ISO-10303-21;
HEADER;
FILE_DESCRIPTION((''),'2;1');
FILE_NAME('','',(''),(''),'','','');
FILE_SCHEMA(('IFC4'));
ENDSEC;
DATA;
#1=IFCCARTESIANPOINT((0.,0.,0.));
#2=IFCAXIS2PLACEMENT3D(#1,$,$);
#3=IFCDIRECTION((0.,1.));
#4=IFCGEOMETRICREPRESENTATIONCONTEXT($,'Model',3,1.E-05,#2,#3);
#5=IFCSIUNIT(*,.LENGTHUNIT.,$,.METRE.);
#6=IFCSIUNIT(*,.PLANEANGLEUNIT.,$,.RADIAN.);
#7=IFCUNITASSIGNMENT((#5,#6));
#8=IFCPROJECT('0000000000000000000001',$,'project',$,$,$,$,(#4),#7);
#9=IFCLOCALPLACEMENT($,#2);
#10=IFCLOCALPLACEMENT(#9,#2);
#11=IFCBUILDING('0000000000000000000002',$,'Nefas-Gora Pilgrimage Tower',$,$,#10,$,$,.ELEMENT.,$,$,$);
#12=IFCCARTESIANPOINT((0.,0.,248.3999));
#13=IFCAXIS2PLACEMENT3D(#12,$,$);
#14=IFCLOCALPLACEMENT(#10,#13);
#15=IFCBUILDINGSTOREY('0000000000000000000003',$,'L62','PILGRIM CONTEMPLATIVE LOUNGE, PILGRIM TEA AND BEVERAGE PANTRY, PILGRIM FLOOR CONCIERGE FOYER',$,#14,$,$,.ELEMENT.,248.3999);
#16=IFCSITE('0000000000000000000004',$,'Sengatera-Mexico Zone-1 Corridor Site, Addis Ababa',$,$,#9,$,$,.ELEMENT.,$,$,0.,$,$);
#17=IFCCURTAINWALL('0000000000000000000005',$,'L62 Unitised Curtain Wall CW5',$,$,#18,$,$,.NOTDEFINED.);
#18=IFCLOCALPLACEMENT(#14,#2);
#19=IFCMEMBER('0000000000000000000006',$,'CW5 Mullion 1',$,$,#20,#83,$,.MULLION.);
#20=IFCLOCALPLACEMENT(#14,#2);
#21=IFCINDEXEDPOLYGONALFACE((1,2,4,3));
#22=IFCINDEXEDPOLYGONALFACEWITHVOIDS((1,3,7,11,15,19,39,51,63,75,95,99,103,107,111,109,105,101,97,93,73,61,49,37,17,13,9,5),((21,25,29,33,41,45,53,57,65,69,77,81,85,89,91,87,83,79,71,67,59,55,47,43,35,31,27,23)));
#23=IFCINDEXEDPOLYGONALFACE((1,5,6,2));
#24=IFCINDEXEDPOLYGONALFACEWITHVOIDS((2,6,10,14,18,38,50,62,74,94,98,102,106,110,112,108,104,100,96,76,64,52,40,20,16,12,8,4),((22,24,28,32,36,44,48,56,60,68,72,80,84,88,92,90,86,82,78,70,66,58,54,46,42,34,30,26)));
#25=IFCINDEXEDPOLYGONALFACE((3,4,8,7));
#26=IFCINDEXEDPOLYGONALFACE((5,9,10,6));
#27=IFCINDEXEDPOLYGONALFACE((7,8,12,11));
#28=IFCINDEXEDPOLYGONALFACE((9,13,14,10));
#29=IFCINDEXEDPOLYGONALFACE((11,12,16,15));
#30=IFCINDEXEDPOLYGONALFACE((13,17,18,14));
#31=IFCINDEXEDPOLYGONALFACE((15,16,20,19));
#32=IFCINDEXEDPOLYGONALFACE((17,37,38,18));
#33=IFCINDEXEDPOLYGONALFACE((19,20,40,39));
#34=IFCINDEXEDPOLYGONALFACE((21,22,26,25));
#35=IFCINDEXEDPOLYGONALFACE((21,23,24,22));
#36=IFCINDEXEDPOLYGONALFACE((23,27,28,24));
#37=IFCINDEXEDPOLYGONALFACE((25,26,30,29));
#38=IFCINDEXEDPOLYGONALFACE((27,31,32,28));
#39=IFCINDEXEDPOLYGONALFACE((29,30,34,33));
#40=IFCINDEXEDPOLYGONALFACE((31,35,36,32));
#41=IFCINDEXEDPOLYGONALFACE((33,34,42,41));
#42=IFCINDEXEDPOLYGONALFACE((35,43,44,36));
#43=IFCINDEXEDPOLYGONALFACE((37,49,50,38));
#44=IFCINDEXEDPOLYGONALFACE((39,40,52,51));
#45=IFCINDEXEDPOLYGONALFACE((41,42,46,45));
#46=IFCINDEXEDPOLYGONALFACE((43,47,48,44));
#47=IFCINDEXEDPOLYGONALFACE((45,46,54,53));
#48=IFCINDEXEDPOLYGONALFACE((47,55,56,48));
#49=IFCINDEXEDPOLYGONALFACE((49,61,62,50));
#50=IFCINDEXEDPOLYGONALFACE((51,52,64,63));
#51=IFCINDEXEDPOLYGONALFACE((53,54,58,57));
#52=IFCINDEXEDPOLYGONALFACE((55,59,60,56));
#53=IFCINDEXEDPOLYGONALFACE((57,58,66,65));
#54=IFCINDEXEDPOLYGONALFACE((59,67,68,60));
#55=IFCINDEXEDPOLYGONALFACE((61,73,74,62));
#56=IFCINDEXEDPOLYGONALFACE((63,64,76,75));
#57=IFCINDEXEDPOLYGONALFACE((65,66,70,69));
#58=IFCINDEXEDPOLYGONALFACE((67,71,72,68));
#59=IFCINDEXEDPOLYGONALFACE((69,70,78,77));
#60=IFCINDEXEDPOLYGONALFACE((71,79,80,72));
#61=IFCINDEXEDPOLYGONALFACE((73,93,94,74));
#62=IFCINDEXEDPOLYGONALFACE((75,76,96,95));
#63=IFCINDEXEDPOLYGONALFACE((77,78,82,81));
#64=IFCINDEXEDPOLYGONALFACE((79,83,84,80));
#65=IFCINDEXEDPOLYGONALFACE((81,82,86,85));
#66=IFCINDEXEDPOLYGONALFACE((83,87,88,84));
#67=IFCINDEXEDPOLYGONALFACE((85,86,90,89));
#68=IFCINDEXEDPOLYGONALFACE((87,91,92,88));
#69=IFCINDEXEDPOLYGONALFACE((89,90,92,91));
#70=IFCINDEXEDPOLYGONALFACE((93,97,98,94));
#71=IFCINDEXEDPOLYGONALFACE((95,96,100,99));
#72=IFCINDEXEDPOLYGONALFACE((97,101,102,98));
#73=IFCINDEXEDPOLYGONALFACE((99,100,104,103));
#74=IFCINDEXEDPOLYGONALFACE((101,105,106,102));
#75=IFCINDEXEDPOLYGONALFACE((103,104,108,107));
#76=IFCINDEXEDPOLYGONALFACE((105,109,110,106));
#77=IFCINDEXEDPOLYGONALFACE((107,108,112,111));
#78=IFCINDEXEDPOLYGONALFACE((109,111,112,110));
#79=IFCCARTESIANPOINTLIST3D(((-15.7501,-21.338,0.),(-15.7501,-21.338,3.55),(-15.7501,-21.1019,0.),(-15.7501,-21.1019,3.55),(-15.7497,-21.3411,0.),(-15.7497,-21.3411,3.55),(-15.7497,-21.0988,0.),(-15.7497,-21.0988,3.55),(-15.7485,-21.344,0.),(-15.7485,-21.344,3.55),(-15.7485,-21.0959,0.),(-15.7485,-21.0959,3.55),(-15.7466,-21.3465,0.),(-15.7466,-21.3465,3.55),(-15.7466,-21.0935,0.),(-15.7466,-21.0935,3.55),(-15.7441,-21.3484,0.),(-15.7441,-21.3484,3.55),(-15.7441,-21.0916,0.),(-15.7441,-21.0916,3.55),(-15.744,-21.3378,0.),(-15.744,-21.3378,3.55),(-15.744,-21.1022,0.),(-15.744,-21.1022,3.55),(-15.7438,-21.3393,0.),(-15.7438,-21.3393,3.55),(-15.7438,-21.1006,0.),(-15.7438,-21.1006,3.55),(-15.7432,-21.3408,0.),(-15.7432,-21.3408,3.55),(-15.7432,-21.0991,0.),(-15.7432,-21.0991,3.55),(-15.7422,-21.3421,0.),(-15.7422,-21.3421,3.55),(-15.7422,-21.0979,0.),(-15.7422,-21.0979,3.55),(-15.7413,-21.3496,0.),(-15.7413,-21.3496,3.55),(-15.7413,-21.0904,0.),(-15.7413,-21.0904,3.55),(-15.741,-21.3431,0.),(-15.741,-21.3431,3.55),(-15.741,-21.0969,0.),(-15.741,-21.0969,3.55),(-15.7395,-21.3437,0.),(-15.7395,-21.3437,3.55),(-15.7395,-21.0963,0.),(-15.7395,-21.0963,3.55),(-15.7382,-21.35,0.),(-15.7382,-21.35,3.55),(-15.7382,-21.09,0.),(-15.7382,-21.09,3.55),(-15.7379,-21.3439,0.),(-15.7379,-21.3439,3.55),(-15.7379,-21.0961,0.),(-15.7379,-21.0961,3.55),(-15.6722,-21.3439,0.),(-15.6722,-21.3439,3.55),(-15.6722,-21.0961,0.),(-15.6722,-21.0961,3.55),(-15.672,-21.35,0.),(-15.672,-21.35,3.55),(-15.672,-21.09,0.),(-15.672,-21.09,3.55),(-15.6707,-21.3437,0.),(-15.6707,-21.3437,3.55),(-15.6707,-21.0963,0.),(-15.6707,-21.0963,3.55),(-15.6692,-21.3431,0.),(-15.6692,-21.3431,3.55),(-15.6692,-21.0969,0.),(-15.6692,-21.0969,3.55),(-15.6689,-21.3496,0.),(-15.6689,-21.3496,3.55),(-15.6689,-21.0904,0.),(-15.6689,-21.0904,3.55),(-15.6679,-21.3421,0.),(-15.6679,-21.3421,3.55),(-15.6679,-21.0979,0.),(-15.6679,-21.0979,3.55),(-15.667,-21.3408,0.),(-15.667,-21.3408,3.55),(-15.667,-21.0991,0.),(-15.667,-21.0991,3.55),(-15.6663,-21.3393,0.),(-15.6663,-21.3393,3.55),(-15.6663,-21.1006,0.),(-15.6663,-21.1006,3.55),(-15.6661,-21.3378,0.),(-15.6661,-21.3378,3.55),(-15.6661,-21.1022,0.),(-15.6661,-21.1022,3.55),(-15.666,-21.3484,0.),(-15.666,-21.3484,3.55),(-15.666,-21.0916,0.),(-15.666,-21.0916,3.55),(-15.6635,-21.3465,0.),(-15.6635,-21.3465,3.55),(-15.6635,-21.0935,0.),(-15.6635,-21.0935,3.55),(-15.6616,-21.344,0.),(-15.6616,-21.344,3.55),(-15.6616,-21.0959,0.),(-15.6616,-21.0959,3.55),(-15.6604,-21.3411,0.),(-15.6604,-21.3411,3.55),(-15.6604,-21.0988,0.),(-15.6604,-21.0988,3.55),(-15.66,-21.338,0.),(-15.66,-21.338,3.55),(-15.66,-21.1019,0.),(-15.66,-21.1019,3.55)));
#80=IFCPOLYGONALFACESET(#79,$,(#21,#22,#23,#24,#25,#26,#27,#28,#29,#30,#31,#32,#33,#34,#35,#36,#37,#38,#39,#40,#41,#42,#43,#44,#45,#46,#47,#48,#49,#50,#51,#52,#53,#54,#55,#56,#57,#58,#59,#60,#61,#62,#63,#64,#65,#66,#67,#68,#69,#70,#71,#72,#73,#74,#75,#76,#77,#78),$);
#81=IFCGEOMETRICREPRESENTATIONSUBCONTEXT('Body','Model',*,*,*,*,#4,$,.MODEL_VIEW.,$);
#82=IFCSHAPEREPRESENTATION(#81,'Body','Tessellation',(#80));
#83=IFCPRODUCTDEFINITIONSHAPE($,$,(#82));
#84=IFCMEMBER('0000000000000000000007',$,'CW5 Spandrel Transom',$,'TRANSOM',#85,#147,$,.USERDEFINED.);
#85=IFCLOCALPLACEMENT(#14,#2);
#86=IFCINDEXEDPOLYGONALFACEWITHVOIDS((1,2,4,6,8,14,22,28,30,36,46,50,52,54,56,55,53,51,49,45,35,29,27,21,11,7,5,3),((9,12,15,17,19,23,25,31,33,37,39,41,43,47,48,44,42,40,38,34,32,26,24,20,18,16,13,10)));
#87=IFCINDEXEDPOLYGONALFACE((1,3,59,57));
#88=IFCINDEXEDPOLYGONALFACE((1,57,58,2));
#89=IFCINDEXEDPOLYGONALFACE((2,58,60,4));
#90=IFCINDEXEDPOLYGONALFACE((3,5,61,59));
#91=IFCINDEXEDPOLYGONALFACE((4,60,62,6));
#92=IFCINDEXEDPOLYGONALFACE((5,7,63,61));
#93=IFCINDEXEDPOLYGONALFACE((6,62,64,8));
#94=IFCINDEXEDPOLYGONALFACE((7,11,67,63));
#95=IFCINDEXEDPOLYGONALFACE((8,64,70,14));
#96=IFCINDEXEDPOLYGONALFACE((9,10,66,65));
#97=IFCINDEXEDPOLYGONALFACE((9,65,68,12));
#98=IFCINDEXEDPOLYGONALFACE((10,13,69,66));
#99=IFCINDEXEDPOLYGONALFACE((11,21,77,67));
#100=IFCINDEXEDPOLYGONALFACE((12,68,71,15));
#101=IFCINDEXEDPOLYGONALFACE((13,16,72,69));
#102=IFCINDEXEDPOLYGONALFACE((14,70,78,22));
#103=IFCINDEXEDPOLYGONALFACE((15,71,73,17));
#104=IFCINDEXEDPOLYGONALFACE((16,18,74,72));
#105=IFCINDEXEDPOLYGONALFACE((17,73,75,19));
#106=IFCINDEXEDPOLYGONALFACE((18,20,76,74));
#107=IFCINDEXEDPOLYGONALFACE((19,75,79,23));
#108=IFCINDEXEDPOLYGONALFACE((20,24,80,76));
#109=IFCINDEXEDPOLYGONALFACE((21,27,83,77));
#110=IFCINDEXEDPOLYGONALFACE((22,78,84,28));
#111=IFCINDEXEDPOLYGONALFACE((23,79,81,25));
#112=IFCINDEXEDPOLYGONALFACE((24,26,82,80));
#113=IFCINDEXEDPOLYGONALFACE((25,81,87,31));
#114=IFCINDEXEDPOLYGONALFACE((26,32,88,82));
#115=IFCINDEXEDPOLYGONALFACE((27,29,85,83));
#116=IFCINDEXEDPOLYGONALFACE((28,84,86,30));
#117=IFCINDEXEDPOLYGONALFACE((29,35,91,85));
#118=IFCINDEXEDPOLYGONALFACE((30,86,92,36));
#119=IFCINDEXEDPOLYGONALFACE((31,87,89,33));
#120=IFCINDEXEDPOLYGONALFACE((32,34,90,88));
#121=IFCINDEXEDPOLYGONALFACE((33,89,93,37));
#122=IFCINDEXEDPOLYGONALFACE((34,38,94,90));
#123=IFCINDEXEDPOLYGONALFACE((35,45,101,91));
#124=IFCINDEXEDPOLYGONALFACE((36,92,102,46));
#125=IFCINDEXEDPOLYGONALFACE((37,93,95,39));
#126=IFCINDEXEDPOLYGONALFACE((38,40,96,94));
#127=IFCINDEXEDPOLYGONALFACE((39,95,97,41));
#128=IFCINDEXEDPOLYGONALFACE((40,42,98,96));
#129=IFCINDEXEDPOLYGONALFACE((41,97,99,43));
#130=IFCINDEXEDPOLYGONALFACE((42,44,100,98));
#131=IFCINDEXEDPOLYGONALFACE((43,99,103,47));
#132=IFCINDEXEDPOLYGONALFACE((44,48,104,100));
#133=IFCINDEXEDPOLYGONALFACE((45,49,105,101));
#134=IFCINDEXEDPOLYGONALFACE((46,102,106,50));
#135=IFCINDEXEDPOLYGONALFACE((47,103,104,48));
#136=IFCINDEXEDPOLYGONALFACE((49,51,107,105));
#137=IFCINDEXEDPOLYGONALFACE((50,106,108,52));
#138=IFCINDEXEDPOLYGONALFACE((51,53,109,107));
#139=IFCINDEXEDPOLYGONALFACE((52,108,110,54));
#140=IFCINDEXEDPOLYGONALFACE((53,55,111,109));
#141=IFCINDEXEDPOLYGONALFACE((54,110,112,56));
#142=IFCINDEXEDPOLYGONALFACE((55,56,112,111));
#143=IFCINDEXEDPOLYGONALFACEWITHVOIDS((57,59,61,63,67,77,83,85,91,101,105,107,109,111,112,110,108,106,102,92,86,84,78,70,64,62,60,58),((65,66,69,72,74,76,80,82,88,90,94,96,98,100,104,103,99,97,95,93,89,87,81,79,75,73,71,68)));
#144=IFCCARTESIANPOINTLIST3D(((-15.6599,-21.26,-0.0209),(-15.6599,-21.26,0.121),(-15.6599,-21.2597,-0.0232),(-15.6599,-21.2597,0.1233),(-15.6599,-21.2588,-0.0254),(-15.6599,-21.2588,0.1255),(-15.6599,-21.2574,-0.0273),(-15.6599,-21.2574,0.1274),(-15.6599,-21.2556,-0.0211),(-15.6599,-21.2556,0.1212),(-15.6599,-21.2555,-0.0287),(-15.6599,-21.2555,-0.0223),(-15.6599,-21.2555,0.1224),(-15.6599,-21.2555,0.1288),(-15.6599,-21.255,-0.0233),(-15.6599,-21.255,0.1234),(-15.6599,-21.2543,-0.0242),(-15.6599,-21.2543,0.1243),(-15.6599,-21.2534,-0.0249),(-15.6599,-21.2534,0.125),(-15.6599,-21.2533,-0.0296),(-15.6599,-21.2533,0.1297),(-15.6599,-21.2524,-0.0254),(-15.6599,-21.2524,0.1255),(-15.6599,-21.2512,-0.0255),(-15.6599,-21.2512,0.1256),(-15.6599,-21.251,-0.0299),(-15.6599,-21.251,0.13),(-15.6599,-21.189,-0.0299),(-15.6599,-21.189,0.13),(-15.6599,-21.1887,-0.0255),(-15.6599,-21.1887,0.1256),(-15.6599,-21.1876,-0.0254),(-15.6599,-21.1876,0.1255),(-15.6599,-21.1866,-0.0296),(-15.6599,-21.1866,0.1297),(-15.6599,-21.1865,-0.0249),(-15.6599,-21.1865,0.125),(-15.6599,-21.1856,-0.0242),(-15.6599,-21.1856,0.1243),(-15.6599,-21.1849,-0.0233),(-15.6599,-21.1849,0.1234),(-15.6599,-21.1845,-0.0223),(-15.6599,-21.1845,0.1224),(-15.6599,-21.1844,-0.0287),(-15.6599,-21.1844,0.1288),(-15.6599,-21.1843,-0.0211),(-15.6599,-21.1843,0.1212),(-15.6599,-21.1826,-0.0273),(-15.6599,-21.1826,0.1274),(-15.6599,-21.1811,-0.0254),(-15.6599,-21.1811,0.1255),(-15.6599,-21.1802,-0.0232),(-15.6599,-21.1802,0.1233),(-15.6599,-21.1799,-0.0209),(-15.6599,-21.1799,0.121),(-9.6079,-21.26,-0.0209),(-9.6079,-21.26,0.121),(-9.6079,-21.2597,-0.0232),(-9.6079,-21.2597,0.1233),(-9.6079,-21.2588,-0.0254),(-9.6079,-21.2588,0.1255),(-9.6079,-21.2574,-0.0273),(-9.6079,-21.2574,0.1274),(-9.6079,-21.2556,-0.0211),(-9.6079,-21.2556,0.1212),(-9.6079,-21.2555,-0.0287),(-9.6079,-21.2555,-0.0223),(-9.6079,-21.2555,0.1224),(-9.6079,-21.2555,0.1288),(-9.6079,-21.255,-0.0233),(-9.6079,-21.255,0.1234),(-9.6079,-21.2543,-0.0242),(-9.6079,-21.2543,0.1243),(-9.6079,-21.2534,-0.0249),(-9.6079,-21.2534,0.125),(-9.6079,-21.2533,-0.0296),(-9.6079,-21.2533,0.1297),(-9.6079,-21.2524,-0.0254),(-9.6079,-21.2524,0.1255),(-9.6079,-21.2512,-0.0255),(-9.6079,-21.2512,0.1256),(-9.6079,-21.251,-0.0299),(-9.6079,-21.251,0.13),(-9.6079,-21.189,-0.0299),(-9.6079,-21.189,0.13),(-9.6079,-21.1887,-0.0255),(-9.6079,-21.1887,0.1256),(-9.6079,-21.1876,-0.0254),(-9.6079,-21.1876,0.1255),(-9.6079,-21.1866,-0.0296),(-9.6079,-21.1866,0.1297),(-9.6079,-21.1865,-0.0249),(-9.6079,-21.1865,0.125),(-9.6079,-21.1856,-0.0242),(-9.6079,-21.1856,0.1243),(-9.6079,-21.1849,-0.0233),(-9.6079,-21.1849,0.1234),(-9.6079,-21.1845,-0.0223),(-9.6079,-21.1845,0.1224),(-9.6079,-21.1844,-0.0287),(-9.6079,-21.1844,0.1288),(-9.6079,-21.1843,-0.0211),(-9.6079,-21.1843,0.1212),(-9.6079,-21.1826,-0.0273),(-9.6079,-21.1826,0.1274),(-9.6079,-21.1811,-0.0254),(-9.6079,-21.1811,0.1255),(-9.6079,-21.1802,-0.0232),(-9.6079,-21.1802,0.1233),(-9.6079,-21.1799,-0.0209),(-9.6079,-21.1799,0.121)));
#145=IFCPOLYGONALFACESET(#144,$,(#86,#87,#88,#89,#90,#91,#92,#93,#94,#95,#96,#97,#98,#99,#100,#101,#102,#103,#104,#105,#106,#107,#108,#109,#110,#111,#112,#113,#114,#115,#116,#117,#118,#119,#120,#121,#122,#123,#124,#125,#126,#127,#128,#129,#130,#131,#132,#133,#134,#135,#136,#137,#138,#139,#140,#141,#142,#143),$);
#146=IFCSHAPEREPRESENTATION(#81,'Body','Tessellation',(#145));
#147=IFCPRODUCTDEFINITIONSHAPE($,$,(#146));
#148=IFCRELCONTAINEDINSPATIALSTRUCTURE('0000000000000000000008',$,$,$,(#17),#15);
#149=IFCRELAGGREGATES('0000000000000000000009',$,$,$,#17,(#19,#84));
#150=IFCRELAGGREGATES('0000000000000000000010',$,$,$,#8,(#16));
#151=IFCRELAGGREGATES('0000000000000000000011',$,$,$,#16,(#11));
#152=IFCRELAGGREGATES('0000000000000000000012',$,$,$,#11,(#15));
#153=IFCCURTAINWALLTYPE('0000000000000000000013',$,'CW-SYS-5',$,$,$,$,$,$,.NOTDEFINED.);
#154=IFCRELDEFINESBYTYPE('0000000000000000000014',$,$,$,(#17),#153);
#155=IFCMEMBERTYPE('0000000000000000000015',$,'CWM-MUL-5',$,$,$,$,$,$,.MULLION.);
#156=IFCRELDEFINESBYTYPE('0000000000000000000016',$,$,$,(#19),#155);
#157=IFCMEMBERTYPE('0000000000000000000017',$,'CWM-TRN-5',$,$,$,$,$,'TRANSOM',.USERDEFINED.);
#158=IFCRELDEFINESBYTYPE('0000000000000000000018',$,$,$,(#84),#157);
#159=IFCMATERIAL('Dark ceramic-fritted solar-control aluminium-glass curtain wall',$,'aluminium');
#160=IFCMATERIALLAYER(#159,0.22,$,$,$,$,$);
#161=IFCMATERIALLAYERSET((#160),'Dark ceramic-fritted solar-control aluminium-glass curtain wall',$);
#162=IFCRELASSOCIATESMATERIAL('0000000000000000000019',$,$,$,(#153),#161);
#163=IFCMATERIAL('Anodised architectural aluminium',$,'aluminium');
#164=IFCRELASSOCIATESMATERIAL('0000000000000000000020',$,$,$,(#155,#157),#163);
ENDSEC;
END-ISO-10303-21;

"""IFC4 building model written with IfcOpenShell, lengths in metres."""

from ifc_helpers import new_model, si_unit, direction, frame, origin, origin_2d, place, context, subcontext, project, spatial, hollow_rectangle, extrude, source, transform, mapped, material, layer, layer_set, material_profile, profile_set, type_object, element, aggregate, save


model = new_model("IFC4")

# Units and contexts
model_context = context("Model", 3, precision=1e-05, world=origin(), true_north=direction((0.0, 1.0)))
body_context = subcontext(model_context, "Body", "Model", "MODEL_VIEW")
ifc_project = project(units=[si_unit("LENGTHUNIT", "METRE"), si_unit("PLANEANGLEUNIT", "RADIAN")], contexts=[model_context])

# Site, building, storey
site_placement = place(None, origin())
site = spatial("IfcSite", under=ifc_project, at=site_placement, Name="Sengatera-Mexico Zone-1 Corridor Site, Addis Ababa", CompositionType="ELEMENT", RefElevation=0.0)
building_placement = place(site_placement, origin())
building = spatial("IfcBuilding", under=site, at=building_placement, Name="Nefas-Gora Pilgrimage Tower", CompositionType="ELEMENT")
storey_placement = place(building_placement, frame((0.0, 0.0, 248.3999)))
storey = spatial("IfcBuildingStorey", under=building, at=storey_placement, Name="L62", Description="PILGRIM CONTEMPLATIVE LOUNGE, PILGRIM TEA AND BEVERAGE PANTRY, PILGRIM FLOOR CONCIERGE FOYER", CompositionType="ELEMENT", Elevation=248.3999)

# Curtain wall, members
ifc_material_1 = material(Name="Dark ceramic-fritted solar-control aluminium-glass curtain wall", Category="aluminium")
ifc_layer_1 = layer(ifc_material_1, 0.22)
ifc_layer_set_1 = layer_set([ifc_layer_1], Name="Dark ceramic-fritted solar-control aluminium-glass curtain wall")
curtain_wall_type_1 = type_object("IfcCurtainWallType", Name="CW-SYS-5", PredefinedType="NOTDEFINED", material=ifc_layer_set_1)
curtain_wall_1_placement = place(storey_placement, origin())
curtain_wall_1 = element("IfcCurtainWall", 1, at=curtain_wall_1_placement, inside=storey, type_object=curtain_wall_type_1, Name="L62 Unitised Curtain Wall CW5", PredefinedType="NOTDEFINED")
ifc_material_2 = material(Name="Anodised architectural aluminium", Category="aluminium")
ifc_material_profile_1 = material_profile(ifc_material_2, hollow_rectangle(XDim=0.0901, YDim=0.26, WallThickness=0.0061, InnerFilletRadius=0.0061, OuterFilletRadius=0.012, at=origin_2d()), Name="ALU MULLION 90x260")
ifc_profile_set_1 = profile_set([ifc_material_profile_1], Name="Anodised architectural aluminium")
member_type_1 = type_object("IfcMemberType", Name="CWM-MUL-5", PredefinedType="MULLION", material=ifc_profile_set_1)
shared_shape_1 = source(origin(), body_context, "Body", "SweptSolid", [
    extrude(hollow_rectangle(XDim=0.0901, YDim=0.26, WallThickness=0.0061, InnerFilletRadius=0.0061, OuterFilletRadius=0.012, at=origin_2d()), origin(), (0.0, 0.0, 1.0), 3.55),
])
member_1_placement = place(storey_placement, frame((-15.7051, -21.22, 0.0), z_axis=(0.0, 0.0, 1.0), x_axis=(1.0, 0.0, 0.0)))
member_1 = element("IfcMember", 2, at=member_1_placement, type_object=member_type_1, Name="CW5 Mullion 1", PredefinedType="MULLION", context=body_context, shape_type="MappedRepresentation", body=[
    mapped(shared_shape_1, transform((0.0, 0.0, 0.0), x_axis=(1.0, 0.0, 0.0), y_axis=(0.0, 1.0, 0.0), z_axis=(0.0, 0.0, 1.0), scale=1.0)),
])
ifc_material_profile_2 = material_profile(ifc_material_2, hollow_rectangle(XDim=0.0801, YDim=0.1599, WallThickness=0.0044, InnerFilletRadius=0.0044, OuterFilletRadius=0.009, at=origin_2d()), Name="ALU TRANSOM 80x160")
ifc_profile_set_2 = profile_set([ifc_material_profile_2], Name="Anodised architectural aluminium")
member_type_2 = type_object("IfcMemberType", Name="CWM-TRN-5", ElementType="TRANSOM", PredefinedType="USERDEFINED", material=ifc_profile_set_2)
shared_shape_2 = source(origin(), body_context, "Body", "SweptSolid", [
    extrude(hollow_rectangle(XDim=0.0801, YDim=0.1599, WallThickness=0.0044, InnerFilletRadius=0.0044, OuterFilletRadius=0.009, at=origin_2d()), origin(), (0.0, 0.0, 1.0), 6.052),
])
member_2_placement = place(storey_placement, frame((-15.6599, -21.22, 0.05), z_axis=(1.0, 0.0, 0.0), x_axis=(0.0, 1.0, 0.0)))
member_2 = element("IfcMember", 3, at=member_2_placement, type_object=member_type_2, Name="CW5 Spandrel Transom", ObjectType="TRANSOM", PredefinedType="USERDEFINED", context=body_context, shape_type="MappedRepresentation", body=[
    mapped(shared_shape_2, transform((0.0, 0.0, 0.0), x_axis=(1.0, 0.0, 0.0), y_axis=(0.0, 1.0, 0.0), z_axis=(0.0, 0.0, 1.0), scale=1.0)),
])

aggregate(curtain_wall_1, [member_1, member_2])

save(model, "model.ifc")
